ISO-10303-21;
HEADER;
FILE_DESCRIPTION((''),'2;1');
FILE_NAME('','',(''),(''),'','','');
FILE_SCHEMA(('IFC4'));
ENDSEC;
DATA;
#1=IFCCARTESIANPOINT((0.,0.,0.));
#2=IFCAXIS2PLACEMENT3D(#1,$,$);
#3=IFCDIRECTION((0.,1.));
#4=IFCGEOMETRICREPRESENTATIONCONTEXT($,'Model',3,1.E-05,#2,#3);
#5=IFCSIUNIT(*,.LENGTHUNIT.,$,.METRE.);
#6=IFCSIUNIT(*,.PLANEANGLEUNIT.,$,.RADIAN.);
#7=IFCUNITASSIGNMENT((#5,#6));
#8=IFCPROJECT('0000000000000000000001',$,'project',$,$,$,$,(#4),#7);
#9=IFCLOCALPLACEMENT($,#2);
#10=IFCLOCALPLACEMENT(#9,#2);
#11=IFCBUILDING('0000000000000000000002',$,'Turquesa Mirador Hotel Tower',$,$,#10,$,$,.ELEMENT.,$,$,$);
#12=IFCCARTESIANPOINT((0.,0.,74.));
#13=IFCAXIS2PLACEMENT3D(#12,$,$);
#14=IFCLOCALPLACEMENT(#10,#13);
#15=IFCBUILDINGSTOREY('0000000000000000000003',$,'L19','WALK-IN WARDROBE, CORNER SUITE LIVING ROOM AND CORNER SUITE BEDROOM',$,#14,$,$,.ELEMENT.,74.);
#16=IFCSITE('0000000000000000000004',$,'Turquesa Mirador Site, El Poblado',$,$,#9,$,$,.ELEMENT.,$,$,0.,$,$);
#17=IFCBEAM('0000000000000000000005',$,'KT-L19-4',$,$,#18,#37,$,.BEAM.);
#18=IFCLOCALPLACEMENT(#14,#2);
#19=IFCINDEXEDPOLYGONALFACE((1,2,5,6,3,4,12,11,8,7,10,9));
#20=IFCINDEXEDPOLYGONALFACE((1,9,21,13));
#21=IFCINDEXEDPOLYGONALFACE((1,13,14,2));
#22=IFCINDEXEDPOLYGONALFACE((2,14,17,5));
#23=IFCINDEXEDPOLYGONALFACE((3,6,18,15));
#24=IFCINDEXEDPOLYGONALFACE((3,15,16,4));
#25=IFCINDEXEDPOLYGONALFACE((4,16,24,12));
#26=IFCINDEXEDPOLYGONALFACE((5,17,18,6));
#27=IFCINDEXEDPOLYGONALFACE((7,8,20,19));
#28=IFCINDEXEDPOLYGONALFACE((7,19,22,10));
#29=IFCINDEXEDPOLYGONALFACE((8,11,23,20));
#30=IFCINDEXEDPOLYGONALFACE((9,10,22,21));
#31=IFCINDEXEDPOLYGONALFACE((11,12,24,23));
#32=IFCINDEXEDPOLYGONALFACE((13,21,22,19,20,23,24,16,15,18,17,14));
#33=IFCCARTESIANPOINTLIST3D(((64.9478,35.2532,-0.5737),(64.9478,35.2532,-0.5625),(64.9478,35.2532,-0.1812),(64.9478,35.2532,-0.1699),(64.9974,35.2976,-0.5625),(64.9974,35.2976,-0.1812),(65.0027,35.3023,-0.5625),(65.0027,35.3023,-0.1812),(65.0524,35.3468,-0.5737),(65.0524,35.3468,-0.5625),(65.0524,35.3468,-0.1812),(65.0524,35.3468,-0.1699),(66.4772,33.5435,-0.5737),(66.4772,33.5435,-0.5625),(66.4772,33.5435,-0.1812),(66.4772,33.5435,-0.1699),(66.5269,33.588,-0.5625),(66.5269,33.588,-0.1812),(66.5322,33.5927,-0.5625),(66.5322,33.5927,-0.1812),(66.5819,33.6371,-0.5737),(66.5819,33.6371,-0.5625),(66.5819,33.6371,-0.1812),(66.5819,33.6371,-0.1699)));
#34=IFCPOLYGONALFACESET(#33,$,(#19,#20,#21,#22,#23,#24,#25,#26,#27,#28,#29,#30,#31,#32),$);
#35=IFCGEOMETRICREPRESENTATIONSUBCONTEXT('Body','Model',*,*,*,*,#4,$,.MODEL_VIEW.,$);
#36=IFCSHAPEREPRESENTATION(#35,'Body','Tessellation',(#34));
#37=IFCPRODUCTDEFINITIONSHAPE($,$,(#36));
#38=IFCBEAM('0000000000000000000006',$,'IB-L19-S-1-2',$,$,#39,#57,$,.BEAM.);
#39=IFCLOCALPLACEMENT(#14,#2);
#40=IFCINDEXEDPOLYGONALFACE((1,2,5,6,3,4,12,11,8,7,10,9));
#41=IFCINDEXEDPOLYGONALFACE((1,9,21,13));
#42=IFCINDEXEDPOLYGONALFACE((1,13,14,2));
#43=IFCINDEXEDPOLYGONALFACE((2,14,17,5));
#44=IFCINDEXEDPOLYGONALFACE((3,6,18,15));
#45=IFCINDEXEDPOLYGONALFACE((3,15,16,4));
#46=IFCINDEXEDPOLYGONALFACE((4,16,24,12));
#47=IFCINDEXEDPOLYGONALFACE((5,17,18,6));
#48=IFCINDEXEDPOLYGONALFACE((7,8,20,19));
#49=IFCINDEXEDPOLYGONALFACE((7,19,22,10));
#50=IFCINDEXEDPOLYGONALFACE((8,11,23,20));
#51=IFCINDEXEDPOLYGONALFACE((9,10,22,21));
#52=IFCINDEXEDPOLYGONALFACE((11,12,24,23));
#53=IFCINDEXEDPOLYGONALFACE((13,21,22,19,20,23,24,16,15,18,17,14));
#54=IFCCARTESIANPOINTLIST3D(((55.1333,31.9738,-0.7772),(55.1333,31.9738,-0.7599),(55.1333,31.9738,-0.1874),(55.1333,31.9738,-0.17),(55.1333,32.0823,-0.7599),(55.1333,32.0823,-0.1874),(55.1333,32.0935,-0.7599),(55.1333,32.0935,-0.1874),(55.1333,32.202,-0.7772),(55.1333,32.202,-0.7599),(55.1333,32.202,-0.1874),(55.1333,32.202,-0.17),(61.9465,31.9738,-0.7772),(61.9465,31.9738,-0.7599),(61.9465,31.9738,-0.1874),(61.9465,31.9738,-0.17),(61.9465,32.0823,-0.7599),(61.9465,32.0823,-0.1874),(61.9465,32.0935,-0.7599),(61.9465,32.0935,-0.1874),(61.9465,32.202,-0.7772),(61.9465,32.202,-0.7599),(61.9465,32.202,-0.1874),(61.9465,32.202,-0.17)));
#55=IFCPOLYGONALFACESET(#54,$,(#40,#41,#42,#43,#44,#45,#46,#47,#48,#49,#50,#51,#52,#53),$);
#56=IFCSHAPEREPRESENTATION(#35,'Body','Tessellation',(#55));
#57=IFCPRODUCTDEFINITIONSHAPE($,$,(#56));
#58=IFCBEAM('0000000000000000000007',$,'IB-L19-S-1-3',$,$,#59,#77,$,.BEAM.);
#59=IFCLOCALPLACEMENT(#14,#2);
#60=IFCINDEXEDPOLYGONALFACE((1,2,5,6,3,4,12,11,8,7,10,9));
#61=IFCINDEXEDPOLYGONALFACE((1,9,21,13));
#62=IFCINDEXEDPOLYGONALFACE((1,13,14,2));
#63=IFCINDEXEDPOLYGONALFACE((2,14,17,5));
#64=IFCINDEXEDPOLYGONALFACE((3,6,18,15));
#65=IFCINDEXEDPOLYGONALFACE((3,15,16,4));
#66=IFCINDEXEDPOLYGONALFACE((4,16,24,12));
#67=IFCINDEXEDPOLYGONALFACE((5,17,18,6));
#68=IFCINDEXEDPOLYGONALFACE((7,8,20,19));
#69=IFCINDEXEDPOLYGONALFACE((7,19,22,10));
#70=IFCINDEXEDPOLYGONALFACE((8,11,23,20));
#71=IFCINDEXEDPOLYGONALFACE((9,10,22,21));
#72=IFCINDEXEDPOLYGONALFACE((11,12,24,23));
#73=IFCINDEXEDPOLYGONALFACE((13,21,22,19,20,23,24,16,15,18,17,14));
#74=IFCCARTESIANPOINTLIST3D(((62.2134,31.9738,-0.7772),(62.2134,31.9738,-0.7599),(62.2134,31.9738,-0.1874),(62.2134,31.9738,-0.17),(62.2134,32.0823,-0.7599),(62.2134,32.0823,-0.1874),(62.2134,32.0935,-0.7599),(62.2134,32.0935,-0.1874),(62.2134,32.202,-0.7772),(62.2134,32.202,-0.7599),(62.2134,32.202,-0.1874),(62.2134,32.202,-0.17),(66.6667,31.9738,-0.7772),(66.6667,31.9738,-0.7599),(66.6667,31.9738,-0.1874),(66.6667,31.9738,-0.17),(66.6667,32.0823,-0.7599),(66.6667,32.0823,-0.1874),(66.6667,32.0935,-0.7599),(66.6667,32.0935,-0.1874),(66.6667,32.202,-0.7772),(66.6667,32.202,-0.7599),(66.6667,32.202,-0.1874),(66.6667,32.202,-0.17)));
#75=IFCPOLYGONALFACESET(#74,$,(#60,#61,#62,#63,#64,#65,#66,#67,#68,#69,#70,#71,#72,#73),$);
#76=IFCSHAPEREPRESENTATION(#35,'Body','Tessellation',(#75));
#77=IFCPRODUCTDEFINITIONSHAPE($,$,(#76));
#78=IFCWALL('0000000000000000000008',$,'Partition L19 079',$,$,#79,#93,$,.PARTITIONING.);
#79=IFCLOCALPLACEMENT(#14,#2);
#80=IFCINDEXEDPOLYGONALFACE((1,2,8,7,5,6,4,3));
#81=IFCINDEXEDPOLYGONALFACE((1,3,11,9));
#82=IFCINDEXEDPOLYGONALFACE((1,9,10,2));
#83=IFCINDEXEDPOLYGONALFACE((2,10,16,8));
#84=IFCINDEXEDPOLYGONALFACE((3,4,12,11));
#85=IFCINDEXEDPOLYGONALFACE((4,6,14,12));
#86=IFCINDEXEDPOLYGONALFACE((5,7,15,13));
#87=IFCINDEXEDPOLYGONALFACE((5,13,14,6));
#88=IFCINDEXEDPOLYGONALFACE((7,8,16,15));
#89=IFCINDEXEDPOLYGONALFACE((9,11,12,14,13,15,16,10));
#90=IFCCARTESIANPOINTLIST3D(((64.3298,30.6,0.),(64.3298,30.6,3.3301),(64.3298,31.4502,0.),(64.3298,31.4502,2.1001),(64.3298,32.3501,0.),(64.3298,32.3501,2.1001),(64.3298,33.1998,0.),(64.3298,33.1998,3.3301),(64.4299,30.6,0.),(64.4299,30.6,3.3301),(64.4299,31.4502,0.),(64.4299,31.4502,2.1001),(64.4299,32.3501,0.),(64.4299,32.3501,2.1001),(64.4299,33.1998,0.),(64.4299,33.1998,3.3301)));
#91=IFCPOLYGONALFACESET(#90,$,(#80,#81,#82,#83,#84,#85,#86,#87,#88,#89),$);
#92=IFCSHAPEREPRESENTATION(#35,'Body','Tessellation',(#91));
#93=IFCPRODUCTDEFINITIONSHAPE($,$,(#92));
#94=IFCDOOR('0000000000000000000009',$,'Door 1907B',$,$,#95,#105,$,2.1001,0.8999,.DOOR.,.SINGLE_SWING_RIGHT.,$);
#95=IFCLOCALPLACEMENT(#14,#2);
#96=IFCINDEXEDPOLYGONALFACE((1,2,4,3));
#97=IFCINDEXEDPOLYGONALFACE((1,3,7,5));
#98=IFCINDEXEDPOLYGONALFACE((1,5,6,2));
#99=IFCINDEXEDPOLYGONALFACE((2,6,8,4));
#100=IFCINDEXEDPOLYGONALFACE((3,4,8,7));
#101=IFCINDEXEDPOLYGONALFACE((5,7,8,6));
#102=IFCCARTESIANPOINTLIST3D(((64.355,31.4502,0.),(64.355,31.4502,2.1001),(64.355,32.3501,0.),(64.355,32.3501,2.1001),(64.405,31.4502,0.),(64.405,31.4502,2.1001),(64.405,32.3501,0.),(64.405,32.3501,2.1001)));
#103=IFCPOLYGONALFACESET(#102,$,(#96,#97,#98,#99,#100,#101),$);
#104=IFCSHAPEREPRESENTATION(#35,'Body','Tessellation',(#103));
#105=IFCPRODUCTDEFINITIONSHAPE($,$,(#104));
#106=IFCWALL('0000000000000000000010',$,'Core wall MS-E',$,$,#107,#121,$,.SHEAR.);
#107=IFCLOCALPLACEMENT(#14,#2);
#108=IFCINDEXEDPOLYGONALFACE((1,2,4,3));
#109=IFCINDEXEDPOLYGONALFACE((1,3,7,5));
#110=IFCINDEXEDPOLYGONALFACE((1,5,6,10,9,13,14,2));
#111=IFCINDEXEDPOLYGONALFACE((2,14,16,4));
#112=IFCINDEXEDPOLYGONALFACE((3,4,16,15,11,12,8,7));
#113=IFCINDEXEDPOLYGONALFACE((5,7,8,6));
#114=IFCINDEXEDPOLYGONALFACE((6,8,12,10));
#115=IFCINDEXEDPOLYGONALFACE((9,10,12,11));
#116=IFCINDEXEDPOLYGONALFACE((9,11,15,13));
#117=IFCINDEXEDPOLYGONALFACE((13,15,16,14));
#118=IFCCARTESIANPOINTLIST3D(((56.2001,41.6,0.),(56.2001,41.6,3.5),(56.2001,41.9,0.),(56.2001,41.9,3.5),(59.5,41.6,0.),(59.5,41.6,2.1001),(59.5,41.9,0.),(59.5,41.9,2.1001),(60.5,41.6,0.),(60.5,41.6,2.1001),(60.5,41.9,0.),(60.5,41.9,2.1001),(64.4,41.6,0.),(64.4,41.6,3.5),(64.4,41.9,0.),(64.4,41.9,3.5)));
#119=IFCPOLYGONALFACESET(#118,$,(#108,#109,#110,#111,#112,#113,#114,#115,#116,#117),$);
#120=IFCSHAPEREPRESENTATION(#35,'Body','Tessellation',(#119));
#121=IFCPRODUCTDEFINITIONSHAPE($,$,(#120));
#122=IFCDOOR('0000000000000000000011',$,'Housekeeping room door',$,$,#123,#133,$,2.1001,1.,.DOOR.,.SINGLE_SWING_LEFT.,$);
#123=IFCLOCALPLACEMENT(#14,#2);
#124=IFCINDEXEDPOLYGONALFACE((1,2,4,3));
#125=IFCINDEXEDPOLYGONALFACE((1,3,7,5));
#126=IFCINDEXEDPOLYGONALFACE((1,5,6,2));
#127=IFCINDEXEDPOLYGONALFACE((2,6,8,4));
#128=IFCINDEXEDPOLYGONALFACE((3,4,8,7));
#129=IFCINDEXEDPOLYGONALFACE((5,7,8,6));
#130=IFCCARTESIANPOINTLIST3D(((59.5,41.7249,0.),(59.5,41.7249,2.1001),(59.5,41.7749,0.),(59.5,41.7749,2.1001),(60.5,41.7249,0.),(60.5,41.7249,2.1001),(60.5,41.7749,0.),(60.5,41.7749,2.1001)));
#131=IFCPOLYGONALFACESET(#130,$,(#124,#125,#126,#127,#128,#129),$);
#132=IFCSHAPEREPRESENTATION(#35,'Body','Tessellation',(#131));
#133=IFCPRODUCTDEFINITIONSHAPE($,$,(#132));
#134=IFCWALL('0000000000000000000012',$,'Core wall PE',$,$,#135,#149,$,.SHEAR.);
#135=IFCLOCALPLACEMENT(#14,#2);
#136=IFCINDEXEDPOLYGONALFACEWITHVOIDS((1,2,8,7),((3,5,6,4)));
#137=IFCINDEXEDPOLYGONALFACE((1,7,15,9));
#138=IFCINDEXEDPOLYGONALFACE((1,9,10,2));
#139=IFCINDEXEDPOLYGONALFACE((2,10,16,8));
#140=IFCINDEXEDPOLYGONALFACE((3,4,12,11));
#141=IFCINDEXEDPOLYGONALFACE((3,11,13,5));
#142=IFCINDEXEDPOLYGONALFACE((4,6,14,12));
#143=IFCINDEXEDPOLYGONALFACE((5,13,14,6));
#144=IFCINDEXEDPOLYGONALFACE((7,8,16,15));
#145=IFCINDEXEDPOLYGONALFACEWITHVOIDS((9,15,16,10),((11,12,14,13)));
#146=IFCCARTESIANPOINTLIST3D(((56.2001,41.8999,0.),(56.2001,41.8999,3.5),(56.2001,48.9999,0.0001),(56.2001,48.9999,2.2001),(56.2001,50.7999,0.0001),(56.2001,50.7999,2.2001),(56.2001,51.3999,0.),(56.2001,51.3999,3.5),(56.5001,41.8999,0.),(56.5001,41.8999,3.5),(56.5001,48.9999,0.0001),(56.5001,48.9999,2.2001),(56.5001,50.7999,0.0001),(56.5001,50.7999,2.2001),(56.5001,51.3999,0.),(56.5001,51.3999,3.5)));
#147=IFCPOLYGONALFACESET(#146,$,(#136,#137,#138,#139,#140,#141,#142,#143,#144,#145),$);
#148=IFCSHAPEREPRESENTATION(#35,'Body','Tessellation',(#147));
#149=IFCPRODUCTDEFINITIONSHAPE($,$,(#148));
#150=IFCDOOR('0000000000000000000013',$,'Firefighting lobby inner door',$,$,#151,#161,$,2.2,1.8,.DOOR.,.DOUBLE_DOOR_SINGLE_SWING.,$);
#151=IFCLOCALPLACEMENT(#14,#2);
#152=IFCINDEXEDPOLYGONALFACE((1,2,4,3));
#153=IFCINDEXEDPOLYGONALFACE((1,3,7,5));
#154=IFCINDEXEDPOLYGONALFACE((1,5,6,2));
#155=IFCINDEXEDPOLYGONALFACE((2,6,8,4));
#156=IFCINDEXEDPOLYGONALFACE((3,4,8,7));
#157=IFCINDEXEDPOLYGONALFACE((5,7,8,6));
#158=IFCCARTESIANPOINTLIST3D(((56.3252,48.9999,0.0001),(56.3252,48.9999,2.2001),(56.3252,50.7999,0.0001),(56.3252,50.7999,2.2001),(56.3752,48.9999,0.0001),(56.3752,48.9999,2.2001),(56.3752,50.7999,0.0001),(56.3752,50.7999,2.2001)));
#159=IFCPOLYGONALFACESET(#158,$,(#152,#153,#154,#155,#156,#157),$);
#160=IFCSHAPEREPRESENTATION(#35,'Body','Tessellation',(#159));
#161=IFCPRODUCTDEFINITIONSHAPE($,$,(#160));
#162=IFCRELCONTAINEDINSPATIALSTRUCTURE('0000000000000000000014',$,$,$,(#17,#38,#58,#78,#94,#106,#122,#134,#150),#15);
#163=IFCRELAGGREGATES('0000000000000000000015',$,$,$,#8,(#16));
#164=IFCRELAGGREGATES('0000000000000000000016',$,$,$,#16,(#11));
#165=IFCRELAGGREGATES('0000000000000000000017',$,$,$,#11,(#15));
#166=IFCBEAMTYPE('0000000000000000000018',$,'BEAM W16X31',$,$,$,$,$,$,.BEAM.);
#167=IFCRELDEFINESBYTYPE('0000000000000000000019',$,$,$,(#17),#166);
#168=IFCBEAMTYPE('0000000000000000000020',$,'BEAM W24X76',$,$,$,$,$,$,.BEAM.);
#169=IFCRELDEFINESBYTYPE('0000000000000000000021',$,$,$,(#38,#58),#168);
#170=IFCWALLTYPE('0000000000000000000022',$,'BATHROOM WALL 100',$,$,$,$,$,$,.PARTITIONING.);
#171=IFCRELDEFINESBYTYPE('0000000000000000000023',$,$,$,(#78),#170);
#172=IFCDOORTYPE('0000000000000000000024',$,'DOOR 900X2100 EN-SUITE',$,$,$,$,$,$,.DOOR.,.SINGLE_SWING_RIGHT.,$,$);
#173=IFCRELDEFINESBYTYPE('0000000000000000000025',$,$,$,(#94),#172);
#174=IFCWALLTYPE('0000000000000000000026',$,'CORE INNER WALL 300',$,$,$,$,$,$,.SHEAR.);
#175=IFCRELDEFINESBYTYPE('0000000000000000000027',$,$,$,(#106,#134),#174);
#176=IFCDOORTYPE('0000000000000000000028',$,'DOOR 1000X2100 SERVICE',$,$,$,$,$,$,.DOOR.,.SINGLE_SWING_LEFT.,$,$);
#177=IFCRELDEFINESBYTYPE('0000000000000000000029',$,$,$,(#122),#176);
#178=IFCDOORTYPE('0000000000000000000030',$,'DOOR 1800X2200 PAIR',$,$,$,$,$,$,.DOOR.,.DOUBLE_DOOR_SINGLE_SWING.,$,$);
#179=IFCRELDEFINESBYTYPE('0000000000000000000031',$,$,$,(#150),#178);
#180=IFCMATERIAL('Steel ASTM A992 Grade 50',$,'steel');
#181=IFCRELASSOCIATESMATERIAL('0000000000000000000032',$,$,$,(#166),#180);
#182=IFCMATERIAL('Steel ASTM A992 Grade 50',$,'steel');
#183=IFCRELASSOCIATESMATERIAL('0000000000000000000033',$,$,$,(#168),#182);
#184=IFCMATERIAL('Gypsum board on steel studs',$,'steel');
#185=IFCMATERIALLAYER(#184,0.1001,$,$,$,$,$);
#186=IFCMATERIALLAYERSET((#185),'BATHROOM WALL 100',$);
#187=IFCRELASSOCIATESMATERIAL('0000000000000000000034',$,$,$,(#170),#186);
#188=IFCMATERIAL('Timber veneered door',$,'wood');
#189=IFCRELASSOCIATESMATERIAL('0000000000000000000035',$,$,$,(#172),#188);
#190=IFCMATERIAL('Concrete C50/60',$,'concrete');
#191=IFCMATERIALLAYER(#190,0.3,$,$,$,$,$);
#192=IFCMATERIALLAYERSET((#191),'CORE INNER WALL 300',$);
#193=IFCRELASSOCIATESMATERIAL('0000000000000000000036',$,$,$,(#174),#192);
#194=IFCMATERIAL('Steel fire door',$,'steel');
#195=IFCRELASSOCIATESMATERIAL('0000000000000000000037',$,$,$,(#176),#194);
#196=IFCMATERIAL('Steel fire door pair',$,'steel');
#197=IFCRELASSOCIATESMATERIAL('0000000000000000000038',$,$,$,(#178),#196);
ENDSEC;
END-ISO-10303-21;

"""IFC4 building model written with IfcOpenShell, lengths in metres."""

from ifc_helpers import new_model, si_unit, direction, frame, frame_2d, origin, origin_2d, place, context, subcontext, project, spatial, rectangle, i_section, extrude, material, layer, layer_set, material_profile, profile_set, type_object, element, fill, save


model = new_model("IFC4")

# Units and contexts
model_context = context("Model", 3, precision=1e-05, world=origin(), true_north=direction((0.0, 1.0)))
body_context = subcontext(model_context, "Body", "Model", "MODEL_VIEW")
ifc_project = project(units=[si_unit("LENGTHUNIT", "METRE"), si_unit("PLANEANGLEUNIT", "RADIAN")], contexts=[model_context])

# Site, building, storey
site_placement = place(None, origin())
site = spatial("IfcSite", under=ifc_project, at=site_placement, Name="Turquesa Mirador Site, El Poblado", CompositionType="ELEMENT", RefElevation=0.0)
building_placement = place(site_placement, origin())
building = spatial("IfcBuilding", under=site, at=building_placement, Name="Turquesa Mirador Hotel Tower", CompositionType="ELEMENT")
storey_placement = place(building_placement, frame((0.0, 0.0, 74.0)))
storey = spatial("IfcBuildingStorey", under=building, at=storey_placement, Name="L19", Description="WALK-IN WARDROBE, CORNER SUITE LIVING ROOM AND CORNER SUITE BEDROOM", CompositionType="ELEMENT", Elevation=74.0)

# Beams
ifc_material_1 = material(Name="Steel ASTM A992 Grade 50", Category="steel")
ifc_material_profile_1 = material_profile(ifc_material_1, i_section(OverallWidth=0.1404, OverallDepth=0.4038, WebThickness=0.0071, FlangeThickness=0.0112, at=origin_2d()), Name="W16X31")
ifc_profile_set_1 = profile_set([ifc_material_profile_1], Name="Steel ASTM A992 Grade 50")
beam_type_1 = type_object("IfcBeamType", Name="BEAM W16X31", PredefinedType="BEAM", material=ifc_profile_set_1)
beam_1_placement = place(storey_placement, frame((66.5295, 33.5903, -0.3718), z_axis=(-0.666745, 0.745286, 0.0), x_axis=(-0.745286, -0.666745, 0.0)))
element("IfcBeam", 1, at=beam_1_placement, inside=storey, type_object=beam_type_1, Name="KT-L19-4", PredefinedType="BEAM", context=body_context, shape_type="SweptSolid", body=[
    extrude(i_section(OverallWidth=0.1404, OverallDepth=0.4038, WebThickness=0.0071, FlangeThickness=0.0112, at=origin_2d()), origin(), (0.0, 0.0, 1.0), 2.2939),
])
ifc_material_2 = material(Name="Steel ASTM A992 Grade 50", Category="steel")
ifc_material_profile_2 = material_profile(ifc_material_2, i_section(OverallWidth=0.2283, OverallDepth=0.6072, WebThickness=0.0112, FlangeThickness=0.0173, at=origin_2d()), Name="W24X76")
ifc_profile_set_2 = profile_set([ifc_material_profile_2], Name="Steel ASTM A992 Grade 50")
beam_type_2 = type_object("IfcBeamType", Name="BEAM W24X76", PredefinedType="BEAM", material=ifc_profile_set_2)
beam_2_placement = place(storey_placement, frame((55.1333, 32.0879, -0.4736), z_axis=(1.0, 0.0, 0.0), x_axis=(0.0, 1.0, 0.0)))
element("IfcBeam", 2, at=beam_2_placement, inside=storey, type_object=beam_type_2, Name="IB-L19-S-1-2", PredefinedType="BEAM", context=body_context, shape_type="SweptSolid", body=[
    extrude(i_section(OverallWidth=0.2283, OverallDepth=0.6072, WebThickness=0.0112, FlangeThickness=0.0173, at=origin_2d()), origin(), (0.0, 0.0, 1.0), 6.8132),
])
beam_3_placement = place(storey_placement, frame((62.2134, 32.0879, -0.4736), z_axis=(1.0, 0.0, 0.0), x_axis=(0.0, 1.0, 0.0)))
element("IfcBeam", 3, at=beam_3_placement, inside=storey, type_object=beam_type_2, Name="IB-L19-S-1-3", PredefinedType="BEAM", context=body_context, shape_type="SweptSolid", body=[
    extrude(i_section(OverallWidth=0.2283, OverallDepth=0.6072, WebThickness=0.0112, FlangeThickness=0.0173, at=origin_2d()), origin(), (0.0, 0.0, 1.0), 4.4534),
])

# Walls, openings, doors
ifc_material_3 = material(Name="Gypsum board on steel studs", Category="steel")
ifc_layer_1 = layer(ifc_material_3, 0.1001)
ifc_layer_set_1 = layer_set([ifc_layer_1], Name="BATHROOM WALL 100")
wall_type_1 = type_object("IfcWallType", Name="BATHROOM WALL 100", PredefinedType="PARTITIONING", material=ifc_layer_set_1)
wall_1_placement = place(storey_placement, frame((64.3799, 30.6001, 0.0), z_axis=(0.0, 0.0, 1.0), x_axis=(0.0, 1.0, 0.0)))
wall_1 = element("IfcWall", 4, at=wall_1_placement, inside=storey, type_object=wall_type_1, Name="Partition L19 079", PredefinedType="PARTITIONING", context=body_context, shape_type="SweptSolid", body=[
    extrude(rectangle(XDim=2.5999, YDim=0.1001, at=frame_2d((1.2998, 0.0))), origin(), (0.0, 0.0, 1.0), 3.3301),
])
opening_1_placement = place(wall_1_placement, frame((0.8501, 0.0, 0.0)))
opening_1 = element("IfcOpeningElement", 5, at=opening_1_placement, cuts=wall_1, PredefinedType="OPENING", context=body_context, shape_type="SweptSolid", body=[
    extrude(rectangle(XDim=0.8999, YDim=2.1001, at=frame_2d((0.45, 1.05))), frame((0.0, 0.0601, 0.0), z_axis=(0.0, -1.0, 0.0), x_axis=(1.0, 0.0, 0.0)), (0.0, 0.0, 1.0), 0.1201),
])
ifc_material_4 = material(Name="Timber veneered door", Category="wood")
door_type_1 = type_object("IfcDoorType", Name="DOOR 900X2100 EN-SUITE", OperationType="SINGLE_SWING_RIGHT", PredefinedType="DOOR", material=ifc_material_4)
door_1_placement = place(opening_1_placement, origin())
door_1 = element("IfcDoor", 6, at=door_1_placement, inside=storey, type_object=door_type_1, Name="Door 1907B", OperationType="SINGLE_SWING_RIGHT", OverallHeight=2.1001, OverallWidth=0.8999, PredefinedType="DOOR", context=body_context, shape_type="SweptSolid", body=[
    extrude(rectangle(XDim=0.8999, YDim=2.1001, at=frame_2d((0.45, 1.05))), frame((0.0, 0.0249, 0.0), z_axis=(0.0, -1.0, 0.0), x_axis=(1.0, 0.0, 0.0)), (0.0, 0.0, 1.0), 0.05),
])
fill(opening_1, door_1)
ifc_material_5 = material(Name="Concrete C50/60", Category="concrete")
ifc_layer_2 = layer(ifc_material_5, 0.3)
ifc_layer_set_2 = layer_set([ifc_layer_2], Name="CORE INNER WALL 300")
wall_type_2 = type_object("IfcWallType", Name="CORE INNER WALL 300", PredefinedType="SHEAR", material=ifc_layer_set_2)
wall_2_placement = place(storey_placement, frame((56.2, 41.75, 0.0), z_axis=(0.0, 0.0, 1.0), x_axis=(1.0, 0.0, 0.0)))
wall_2 = element("IfcWall", 7, at=wall_2_placement, inside=storey, type_object=wall_type_2, Name="Core wall MS-E", PredefinedType="SHEAR", context=body_context, shape_type="SweptSolid", body=[
    extrude(rectangle(XDim=8.2, YDim=0.3, at=frame_2d((4.1001, 0.0))), origin(), (0.0, 0.0, 1.0), 3.5),
])
opening_2_placement = place(wall_2_placement, frame((3.3, 0.0, 0.0)))
opening_2 = element("IfcOpeningElement", 8, at=opening_2_placement, cuts=wall_2, PredefinedType="OPENING", context=body_context, shape_type="SweptSolid", body=[
    extrude(rectangle(XDim=1.0, YDim=2.1001, at=frame_2d((0.5, 1.05))), frame((0.0, 0.1599, 0.0), z_axis=(0.0, -1.0, 0.0), x_axis=(1.0, 0.0, 0.0)), (0.0, 0.0, 1.0), 0.3201),
])
ifc_material_6 = material(Name="Steel fire door", Category="steel")
door_type_2 = type_object("IfcDoorType", Name="DOOR 1000X2100 SERVICE", OperationType="SINGLE_SWING_LEFT", PredefinedType="DOOR", material=ifc_material_6)
door_2_placement = place(opening_2_placement, origin())
door_2 = element("IfcDoor", 9, at=door_2_placement, inside=storey, type_object=door_type_2, Name="Housekeeping room door", OperationType="SINGLE_SWING_LEFT", OverallHeight=2.1001, OverallWidth=1.0, PredefinedType="DOOR", context=body_context, shape_type="SweptSolid", body=[
    extrude(rectangle(XDim=1.0, YDim=2.1001, at=frame_2d((0.5, 1.05))), frame((0.0, 0.0249, 0.0), z_axis=(0.0, -1.0, 0.0), x_axis=(1.0, 0.0, 0.0)), (0.0, 0.0, 1.0), 0.05),
])
fill(opening_2, door_2)
wall_3_placement = place(storey_placement, frame((56.3501, 41.8999, 0.0), z_axis=(0.0, 0.0, 1.0), x_axis=(0.0, 1.0, 0.0)))
wall_3 = element("IfcWall", 10, at=wall_3_placement, inside=storey, type_object=wall_type_2, Name="Core wall PE", PredefinedType="SHEAR", context=body_context, shape_type="SweptSolid", body=[
    extrude(rectangle(XDim=9.5, YDim=0.3, at=frame_2d((4.75, 0.0))), origin(), (0.0, 0.0, 1.0), 3.5),
])
opening_3_placement = place(wall_3_placement, frame((7.1001, 0.0, 0.0)))
opening_3 = element("IfcOpeningElement", 11, at=opening_3_placement, cuts=wall_3, PredefinedType="OPENING", context=body_context, shape_type="SweptSolid", body=[
    extrude(rectangle(XDim=1.8, YDim=2.2, at=frame_2d((0.8999, 1.1001))), frame((0.0, 0.1599, 0.0), z_axis=(0.0, -1.0, 0.0), x_axis=(1.0, 0.0, 0.0)), (0.0, 0.0, 1.0), 0.3201),
])
ifc_material_7 = material(Name="Steel fire door pair", Category="steel")
door_type_3 = type_object("IfcDoorType", Name="DOOR 1800X2200 PAIR", OperationType="DOUBLE_DOOR_SINGLE_SWING", PredefinedType="DOOR", material=ifc_material_7)
door_3_placement = place(opening_3_placement, origin())
door_3 = element("IfcDoor", 12, at=door_3_placement, inside=storey, type_object=door_type_3, Name="Firefighting lobby inner door", OperationType="DOUBLE_DOOR_SINGLE_SWING", OverallHeight=2.2, OverallWidth=1.8, PredefinedType="DOOR", context=body_context, shape_type="SweptSolid", body=[
    extrude(rectangle(XDim=1.8, YDim=2.2, at=frame_2d((0.8999, 1.1001))), frame((0.0, 0.0249, 0.0), z_axis=(0.0, -1.0, 0.0), x_axis=(1.0, 0.0, 0.0)), (0.0, 0.0, 1.0), 0.05),
])
fill(opening_3, door_3)

save(model, "model.ifc")
